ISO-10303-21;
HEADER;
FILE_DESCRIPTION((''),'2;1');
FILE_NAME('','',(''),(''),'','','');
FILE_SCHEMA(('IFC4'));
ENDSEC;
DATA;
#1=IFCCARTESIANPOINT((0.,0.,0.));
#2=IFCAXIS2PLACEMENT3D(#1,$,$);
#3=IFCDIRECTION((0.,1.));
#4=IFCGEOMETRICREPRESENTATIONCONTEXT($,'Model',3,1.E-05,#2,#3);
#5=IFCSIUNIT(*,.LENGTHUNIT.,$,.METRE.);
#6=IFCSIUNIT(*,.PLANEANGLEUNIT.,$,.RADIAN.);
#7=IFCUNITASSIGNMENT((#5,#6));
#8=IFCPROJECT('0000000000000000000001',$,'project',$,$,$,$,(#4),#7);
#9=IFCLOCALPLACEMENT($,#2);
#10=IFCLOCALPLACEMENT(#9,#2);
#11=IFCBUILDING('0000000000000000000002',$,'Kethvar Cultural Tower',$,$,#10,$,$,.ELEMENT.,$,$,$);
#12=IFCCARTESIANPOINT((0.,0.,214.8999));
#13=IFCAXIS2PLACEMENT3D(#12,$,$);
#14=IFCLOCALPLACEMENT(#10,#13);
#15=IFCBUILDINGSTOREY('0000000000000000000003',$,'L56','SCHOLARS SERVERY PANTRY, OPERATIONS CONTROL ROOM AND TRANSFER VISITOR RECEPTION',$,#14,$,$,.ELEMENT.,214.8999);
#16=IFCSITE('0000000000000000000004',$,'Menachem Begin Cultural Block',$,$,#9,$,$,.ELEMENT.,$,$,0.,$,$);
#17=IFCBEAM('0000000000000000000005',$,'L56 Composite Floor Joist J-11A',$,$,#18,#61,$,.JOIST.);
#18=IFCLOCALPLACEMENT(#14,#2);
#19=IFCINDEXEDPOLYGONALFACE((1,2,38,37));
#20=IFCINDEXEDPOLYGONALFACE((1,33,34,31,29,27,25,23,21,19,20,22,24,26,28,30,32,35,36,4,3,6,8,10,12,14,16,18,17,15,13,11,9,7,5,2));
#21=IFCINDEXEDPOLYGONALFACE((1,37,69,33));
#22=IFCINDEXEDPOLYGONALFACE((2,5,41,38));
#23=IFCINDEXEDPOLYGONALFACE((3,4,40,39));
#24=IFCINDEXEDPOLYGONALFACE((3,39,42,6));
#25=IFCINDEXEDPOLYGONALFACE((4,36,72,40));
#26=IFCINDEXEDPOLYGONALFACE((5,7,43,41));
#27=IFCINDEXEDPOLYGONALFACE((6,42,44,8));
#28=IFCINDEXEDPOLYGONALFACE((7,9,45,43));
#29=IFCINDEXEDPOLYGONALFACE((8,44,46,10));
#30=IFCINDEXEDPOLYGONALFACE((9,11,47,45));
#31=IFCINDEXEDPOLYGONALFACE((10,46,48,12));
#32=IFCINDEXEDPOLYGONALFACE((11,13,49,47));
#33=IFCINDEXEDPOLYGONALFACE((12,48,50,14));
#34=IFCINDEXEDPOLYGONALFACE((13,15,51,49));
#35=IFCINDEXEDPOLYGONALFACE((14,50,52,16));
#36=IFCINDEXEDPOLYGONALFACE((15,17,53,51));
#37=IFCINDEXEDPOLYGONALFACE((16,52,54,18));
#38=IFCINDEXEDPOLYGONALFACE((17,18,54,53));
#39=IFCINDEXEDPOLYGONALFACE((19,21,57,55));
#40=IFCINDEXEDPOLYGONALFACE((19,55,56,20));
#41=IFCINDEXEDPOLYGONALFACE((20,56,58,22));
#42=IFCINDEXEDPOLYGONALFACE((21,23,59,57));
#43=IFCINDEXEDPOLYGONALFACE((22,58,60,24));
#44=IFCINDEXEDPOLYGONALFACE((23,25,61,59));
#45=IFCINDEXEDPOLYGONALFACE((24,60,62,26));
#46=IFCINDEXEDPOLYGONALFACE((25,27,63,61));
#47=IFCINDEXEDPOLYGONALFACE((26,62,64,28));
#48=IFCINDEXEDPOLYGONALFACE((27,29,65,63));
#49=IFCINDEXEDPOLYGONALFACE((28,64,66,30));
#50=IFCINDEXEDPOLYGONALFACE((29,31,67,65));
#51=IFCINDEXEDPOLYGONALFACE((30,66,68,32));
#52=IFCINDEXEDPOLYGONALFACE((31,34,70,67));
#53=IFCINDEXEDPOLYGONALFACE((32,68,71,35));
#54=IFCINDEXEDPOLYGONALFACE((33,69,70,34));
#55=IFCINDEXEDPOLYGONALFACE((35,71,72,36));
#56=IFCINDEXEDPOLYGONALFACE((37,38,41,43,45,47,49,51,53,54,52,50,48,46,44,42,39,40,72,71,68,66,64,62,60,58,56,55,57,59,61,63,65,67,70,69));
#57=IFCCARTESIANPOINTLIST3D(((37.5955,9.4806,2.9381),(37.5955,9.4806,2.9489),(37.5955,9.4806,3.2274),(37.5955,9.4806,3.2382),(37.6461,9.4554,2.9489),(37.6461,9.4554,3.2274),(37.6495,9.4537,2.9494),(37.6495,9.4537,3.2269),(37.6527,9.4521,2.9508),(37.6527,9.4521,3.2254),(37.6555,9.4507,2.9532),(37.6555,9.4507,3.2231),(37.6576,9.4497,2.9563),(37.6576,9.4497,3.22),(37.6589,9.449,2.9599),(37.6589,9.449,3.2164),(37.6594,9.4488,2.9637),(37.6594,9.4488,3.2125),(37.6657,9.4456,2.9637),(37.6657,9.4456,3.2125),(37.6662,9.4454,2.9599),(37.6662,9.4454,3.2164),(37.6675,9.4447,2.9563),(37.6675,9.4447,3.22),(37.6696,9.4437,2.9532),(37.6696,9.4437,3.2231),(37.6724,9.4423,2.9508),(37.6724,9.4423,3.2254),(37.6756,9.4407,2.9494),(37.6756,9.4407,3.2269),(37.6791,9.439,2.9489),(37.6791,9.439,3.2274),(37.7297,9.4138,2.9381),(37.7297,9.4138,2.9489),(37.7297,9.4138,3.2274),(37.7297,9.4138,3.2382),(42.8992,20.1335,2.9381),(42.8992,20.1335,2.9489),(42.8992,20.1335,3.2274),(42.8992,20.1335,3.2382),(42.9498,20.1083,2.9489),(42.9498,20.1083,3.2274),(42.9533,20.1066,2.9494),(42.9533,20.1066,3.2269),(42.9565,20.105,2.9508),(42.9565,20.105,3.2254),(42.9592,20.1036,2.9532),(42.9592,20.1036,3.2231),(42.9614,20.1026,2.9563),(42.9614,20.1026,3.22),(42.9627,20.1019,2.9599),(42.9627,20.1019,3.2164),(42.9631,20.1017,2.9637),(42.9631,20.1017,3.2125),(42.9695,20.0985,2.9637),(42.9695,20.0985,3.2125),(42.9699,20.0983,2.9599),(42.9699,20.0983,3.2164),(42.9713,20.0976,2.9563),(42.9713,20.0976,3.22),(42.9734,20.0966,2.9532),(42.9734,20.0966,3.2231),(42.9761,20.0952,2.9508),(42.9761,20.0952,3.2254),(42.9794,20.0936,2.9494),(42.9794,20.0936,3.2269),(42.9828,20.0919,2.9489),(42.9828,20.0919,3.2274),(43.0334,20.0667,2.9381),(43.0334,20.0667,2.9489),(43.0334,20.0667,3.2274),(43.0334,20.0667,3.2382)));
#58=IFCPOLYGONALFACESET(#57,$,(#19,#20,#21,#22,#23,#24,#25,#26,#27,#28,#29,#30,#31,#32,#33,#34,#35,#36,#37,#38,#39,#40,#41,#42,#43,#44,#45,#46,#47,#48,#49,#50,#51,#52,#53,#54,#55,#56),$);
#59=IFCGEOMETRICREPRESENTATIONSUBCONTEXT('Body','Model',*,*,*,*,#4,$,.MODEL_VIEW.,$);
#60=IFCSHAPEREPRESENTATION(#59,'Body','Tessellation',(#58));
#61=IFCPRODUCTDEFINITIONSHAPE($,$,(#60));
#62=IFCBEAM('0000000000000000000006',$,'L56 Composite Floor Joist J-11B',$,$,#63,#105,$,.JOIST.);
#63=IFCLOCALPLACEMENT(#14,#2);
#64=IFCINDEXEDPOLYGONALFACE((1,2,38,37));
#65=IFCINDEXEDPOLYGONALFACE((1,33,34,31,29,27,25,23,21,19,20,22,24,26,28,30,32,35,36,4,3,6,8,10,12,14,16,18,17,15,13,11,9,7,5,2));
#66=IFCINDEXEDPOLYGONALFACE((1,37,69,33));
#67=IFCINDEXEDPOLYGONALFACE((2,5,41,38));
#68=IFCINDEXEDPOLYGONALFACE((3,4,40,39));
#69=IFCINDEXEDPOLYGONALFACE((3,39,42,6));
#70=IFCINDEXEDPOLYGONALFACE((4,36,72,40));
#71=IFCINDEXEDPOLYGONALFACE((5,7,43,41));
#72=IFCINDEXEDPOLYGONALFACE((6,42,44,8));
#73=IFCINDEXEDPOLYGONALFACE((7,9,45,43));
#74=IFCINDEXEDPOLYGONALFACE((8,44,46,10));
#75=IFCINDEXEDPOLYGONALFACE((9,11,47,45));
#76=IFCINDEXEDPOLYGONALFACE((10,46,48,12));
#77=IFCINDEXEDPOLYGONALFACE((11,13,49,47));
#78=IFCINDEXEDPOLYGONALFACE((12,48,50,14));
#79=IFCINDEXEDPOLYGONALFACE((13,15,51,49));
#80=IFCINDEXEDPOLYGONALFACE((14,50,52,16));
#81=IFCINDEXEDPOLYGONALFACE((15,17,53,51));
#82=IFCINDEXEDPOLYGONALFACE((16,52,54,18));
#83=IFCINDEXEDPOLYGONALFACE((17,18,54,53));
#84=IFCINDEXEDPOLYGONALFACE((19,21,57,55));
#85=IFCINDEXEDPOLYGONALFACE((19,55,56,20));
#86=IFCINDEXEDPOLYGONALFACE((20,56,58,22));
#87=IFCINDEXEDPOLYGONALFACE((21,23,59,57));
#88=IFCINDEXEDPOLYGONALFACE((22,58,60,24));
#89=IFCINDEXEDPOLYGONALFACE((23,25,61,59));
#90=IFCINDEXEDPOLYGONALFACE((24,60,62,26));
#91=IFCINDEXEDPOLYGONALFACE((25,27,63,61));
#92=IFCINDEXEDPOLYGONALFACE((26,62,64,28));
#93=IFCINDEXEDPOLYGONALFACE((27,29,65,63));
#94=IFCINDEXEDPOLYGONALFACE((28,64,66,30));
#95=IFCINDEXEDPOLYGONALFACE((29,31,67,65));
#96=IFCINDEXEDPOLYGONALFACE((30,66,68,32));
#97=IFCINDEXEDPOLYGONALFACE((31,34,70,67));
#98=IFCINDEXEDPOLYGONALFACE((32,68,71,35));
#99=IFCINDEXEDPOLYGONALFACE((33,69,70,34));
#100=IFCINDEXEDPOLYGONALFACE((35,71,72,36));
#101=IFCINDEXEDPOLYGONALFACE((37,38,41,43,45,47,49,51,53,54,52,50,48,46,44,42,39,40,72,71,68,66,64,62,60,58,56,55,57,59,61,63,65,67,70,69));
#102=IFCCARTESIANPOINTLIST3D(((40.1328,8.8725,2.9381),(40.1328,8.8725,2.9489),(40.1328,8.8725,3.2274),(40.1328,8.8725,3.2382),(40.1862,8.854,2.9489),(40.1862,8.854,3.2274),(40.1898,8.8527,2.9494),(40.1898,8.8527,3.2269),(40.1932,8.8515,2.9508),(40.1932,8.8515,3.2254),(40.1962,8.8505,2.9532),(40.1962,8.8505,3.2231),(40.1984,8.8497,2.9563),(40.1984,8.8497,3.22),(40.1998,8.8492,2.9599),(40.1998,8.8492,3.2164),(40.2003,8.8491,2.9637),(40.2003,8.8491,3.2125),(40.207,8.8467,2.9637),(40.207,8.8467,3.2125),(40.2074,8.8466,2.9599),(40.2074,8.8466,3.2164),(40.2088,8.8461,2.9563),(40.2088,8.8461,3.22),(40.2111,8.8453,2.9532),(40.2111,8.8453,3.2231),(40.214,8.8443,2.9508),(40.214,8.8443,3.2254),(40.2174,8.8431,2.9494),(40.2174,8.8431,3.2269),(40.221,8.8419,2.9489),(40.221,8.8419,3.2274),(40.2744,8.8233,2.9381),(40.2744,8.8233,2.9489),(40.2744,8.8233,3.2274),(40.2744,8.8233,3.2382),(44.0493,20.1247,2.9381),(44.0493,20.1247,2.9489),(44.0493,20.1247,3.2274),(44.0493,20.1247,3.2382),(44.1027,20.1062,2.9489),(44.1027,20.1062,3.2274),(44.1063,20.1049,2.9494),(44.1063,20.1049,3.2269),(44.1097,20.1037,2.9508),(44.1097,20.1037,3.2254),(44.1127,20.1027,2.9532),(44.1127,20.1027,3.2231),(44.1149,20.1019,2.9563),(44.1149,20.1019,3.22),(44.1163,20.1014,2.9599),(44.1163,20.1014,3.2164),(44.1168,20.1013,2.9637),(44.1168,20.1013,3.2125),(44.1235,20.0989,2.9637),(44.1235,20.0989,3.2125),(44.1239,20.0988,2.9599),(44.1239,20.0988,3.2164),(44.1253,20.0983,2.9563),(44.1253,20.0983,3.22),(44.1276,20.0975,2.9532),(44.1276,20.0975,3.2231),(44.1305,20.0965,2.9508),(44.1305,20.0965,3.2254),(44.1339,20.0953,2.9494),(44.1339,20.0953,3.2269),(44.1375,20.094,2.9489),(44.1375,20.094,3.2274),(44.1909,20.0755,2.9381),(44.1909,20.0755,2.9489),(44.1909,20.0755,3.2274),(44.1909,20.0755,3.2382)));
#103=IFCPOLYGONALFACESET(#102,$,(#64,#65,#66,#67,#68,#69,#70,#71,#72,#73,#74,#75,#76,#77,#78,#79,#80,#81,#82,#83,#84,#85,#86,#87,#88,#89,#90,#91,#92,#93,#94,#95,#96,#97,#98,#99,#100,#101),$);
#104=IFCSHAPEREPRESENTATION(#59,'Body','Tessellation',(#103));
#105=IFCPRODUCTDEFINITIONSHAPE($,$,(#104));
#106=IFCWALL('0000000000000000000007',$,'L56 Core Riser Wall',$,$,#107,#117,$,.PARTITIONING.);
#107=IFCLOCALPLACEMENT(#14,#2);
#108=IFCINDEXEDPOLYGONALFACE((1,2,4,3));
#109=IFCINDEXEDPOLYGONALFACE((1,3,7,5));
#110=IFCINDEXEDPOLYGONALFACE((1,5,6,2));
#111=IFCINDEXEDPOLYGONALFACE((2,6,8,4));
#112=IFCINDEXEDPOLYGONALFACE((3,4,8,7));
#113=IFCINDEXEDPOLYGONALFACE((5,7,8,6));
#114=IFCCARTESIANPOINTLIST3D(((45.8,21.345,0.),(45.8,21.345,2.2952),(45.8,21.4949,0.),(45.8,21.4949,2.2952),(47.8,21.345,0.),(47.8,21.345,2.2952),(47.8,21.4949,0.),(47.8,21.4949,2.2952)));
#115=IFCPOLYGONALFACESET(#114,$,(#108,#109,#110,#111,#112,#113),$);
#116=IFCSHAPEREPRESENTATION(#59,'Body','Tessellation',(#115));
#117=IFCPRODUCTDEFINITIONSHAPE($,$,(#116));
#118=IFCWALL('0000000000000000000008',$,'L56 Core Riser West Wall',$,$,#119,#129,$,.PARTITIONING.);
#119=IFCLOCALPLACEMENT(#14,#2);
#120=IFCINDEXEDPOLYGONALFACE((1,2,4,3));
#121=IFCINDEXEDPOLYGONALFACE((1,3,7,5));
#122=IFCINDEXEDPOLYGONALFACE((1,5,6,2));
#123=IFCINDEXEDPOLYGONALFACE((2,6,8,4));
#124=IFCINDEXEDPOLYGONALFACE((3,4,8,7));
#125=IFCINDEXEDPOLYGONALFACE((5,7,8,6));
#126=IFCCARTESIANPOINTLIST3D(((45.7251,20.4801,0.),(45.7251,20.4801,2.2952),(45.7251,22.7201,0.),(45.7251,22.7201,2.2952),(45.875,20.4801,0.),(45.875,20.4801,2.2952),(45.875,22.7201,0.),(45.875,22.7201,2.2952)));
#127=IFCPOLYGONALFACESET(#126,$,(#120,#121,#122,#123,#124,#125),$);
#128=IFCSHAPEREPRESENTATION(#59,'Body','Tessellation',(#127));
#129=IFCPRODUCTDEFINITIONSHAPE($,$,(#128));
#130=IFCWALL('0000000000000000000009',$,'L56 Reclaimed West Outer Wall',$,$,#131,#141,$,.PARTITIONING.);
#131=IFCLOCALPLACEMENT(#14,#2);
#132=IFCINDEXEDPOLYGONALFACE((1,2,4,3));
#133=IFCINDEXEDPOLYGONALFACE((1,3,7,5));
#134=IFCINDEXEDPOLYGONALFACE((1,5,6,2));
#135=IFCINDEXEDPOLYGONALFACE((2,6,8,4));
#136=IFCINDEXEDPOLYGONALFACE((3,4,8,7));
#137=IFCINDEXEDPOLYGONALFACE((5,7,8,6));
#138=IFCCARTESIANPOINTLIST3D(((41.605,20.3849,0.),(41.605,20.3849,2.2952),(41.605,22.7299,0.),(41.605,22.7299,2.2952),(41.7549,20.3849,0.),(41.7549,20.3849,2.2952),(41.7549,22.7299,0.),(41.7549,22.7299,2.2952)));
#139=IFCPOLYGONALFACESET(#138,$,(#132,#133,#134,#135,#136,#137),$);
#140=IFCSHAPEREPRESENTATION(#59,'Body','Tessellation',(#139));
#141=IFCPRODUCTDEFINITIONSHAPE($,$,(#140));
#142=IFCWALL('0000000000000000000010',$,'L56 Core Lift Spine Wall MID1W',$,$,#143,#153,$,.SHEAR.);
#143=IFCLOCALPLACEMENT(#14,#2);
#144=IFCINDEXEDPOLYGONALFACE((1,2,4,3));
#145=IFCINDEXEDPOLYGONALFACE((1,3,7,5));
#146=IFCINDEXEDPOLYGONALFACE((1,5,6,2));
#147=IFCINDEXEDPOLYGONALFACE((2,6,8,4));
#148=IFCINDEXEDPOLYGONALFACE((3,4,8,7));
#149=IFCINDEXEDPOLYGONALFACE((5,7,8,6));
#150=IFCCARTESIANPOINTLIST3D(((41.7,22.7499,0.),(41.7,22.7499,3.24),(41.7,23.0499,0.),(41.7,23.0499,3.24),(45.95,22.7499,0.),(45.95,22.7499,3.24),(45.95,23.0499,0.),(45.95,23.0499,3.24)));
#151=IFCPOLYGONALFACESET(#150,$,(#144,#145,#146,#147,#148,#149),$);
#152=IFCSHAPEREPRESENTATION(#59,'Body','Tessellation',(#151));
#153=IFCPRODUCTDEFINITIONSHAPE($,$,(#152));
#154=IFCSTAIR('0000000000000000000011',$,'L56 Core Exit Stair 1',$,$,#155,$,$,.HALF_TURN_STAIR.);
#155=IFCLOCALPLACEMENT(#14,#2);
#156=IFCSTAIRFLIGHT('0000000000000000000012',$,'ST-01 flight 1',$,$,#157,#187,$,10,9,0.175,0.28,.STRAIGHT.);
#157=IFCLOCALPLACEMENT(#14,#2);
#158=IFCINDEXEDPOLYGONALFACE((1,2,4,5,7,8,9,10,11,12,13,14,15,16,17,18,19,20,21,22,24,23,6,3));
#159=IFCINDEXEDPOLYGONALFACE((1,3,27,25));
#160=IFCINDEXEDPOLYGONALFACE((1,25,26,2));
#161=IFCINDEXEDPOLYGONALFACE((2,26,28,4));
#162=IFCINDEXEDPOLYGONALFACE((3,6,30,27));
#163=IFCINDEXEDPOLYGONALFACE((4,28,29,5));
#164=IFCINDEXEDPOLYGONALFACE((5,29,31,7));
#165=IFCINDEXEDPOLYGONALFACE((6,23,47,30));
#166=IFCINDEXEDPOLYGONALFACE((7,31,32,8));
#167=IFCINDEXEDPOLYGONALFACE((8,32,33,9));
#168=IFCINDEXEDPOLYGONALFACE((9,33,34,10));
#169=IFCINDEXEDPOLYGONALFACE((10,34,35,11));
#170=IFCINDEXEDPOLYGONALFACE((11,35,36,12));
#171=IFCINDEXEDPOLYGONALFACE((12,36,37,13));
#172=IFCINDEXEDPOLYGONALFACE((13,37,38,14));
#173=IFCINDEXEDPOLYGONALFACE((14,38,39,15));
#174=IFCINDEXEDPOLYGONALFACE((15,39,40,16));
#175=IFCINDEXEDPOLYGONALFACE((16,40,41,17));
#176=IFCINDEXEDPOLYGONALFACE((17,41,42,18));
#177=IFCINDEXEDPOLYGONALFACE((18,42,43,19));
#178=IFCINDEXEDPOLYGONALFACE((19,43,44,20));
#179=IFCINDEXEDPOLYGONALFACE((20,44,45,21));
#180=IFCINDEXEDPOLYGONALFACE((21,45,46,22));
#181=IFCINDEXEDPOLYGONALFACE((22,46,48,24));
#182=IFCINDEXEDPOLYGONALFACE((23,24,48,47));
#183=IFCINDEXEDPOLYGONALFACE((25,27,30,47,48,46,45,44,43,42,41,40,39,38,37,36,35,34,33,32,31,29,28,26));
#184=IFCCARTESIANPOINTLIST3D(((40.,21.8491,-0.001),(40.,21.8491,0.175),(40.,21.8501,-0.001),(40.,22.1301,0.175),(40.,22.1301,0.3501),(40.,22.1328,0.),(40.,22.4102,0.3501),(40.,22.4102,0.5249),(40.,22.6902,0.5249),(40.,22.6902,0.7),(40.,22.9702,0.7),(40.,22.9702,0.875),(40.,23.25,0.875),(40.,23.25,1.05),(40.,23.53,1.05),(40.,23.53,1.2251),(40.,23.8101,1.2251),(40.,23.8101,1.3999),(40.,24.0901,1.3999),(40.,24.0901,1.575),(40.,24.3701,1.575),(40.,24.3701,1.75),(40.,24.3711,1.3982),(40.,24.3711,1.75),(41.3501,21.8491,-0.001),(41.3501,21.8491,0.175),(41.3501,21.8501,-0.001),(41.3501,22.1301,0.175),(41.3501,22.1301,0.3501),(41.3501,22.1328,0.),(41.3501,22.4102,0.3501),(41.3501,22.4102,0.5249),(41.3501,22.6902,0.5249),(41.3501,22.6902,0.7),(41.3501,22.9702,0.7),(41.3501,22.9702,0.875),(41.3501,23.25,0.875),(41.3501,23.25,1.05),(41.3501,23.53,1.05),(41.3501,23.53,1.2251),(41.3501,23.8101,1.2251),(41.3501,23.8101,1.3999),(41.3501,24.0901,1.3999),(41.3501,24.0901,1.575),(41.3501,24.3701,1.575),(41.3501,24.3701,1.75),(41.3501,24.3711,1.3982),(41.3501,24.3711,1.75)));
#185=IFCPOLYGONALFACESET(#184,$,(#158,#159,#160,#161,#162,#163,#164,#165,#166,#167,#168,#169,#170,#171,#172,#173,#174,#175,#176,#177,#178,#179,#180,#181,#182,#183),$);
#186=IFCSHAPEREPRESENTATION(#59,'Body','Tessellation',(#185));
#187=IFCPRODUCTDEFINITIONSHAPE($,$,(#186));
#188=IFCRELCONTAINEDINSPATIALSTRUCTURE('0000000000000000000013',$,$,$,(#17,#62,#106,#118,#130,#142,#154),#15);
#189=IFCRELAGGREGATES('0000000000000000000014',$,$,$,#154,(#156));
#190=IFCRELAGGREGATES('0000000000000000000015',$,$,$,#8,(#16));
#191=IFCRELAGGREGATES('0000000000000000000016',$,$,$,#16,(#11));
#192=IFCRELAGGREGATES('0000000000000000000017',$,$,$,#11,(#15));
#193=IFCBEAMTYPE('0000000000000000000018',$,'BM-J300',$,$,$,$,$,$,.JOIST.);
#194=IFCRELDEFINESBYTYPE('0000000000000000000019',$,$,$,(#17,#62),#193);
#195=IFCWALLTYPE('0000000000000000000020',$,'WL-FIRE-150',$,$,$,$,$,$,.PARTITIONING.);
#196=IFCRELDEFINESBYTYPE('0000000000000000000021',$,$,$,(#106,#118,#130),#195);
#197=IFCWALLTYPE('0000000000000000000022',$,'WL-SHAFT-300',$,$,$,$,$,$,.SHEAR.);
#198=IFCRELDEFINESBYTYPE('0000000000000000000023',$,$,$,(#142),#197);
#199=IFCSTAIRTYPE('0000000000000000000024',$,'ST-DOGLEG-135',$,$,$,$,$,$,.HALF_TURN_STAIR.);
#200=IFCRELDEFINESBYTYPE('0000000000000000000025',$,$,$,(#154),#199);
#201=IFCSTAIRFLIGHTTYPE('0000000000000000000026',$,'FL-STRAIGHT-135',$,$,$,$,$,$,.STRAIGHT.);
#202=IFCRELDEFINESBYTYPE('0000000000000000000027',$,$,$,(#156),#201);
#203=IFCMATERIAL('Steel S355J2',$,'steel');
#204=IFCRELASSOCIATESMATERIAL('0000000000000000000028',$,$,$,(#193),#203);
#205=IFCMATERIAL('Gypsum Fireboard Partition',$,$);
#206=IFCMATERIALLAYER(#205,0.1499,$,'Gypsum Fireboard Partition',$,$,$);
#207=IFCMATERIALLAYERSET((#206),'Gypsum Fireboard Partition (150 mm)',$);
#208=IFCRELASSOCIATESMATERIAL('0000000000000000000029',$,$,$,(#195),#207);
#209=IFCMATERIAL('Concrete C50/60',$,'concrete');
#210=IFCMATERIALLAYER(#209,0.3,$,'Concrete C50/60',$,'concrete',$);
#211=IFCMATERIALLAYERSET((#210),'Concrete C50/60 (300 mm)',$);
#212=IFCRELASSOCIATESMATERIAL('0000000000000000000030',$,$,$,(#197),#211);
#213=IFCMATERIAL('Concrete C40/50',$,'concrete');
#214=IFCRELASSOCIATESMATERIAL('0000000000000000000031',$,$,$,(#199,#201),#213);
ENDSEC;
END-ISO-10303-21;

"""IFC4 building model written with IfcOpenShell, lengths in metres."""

from ifc_helpers import new_model, si_unit, direction, frame, frame_2d, origin, origin_2d, place, context, subcontext, project, spatial, polyline, rectangle, i_section, outline, extrude, source, transform, mapped, material, layer, layer_set, material_profile, profile_set, type_object, element, aggregate, save


model = new_model("IFC4")

# Units and contexts
model_context = context("Model", 3, precision=1e-05, world=origin(), true_north=direction((0.0, 1.0)))
body_context = subcontext(model_context, "Body", "Model", "MODEL_VIEW")
ifc_project = project(units=[si_unit("LENGTHUNIT", "METRE"), si_unit("PLANEANGLEUNIT", "RADIAN")], contexts=[model_context])

# Site, building, storey
site_placement = place(None, origin())
site = spatial("IfcSite", under=ifc_project, at=site_placement, Name="Menachem Begin Cultural Block", CompositionType="ELEMENT", RefElevation=0.0)
building_placement = place(site_placement, origin())
building = spatial("IfcBuilding", under=site, at=building_placement, Name="Kethvar Cultural Tower", CompositionType="ELEMENT")
storey_placement = place(building_placement, frame((0.0, 0.0, 214.8999)))
storey = spatial("IfcBuildingStorey", under=building, at=storey_placement, Name="L56", Description="SCHOLARS SERVERY PANTRY, OPERATIONS CONTROL ROOM AND TRANSFER VISITOR RECEPTION", CompositionType="ELEMENT", Elevation=214.8999)

# Beams
ifc_material_1 = material(Name="Steel S355J2", Category="steel")
ifc_material_profile_1 = material_profile(ifc_material_1, i_section(OverallWidth=0.1499, OverallDepth=0.3, WebThickness=0.0071, FlangeThickness=0.0107, FilletRadius=0.0149, at=origin_2d()), Name="Steel S355J2 — IPE300")
ifc_profile_set_1 = profile_set([ifc_material_profile_1], Name="Steel S355J2 — IPE300")
beam_type_1 = type_object("IfcBeamType", Name="BM-J300", PredefinedType="JOIST", material=ifc_profile_set_1)
shared_shape_1 = source(origin(), body_context, "Body", "SweptSolid", [
    extrude(i_section(OverallWidth=0.1499, OverallDepth=0.3, WebThickness=0.0071, FlangeThickness=0.0107, FilletRadius=0.0149, at=origin_2d()), origin(), (0.0, 0.0, 1.0), 11.9001),
])
beam_1_placement = place(storey_placement, frame((42.9663, 20.1001, 3.0881), z_axis=(-0.445687, -0.895189, 0.0), x_axis=(0.895189, -0.445687, 0.0)))
element("IfcBeam", 1, at=beam_1_placement, inside=storey, type_object=beam_type_1, Name="L56 Composite Floor Joist J-11A", PredefinedType="JOIST", context=body_context, shape_type="MappedRepresentation", body=[
    mapped(shared_shape_1, transform((0.0, 0.0, 0.0), scale=1.0)),
])
shared_shape_2 = source(origin(), body_context, "Body", "SweptSolid", [
    extrude(i_section(OverallWidth=0.1499, OverallDepth=0.3, WebThickness=0.0071, FlangeThickness=0.0107, FilletRadius=0.0149, at=origin_2d()), origin(), (0.0, 0.0, 1.0), 11.9143),
])
beam_2_placement = place(storey_placement, frame((44.1201, 20.1001, 3.0881), z_axis=(-0.328722, -0.944427, 0.0), x_axis=(0.944427, -0.328722, 0.0)))
element("IfcBeam", 2, at=beam_2_placement, inside=storey, type_object=beam_type_1, Name="L56 Composite Floor Joist J-11B", PredefinedType="JOIST", context=body_context, shape_type="MappedRepresentation", body=[
    mapped(shared_shape_2, transform((0.0, 0.0, 0.0), scale=1.0)),
])

# Walls
ifc_material_2 = material(Name="Gypsum Fireboard Partition")
ifc_layer_1 = layer(ifc_material_2, 0.1499, Name="Gypsum Fireboard Partition")
ifc_layer_set_1 = layer_set([ifc_layer_1], Name="Gypsum Fireboard Partition (150 mm)")
wall_type_1 = type_object("IfcWallType", Name="WL-FIRE-150", PredefinedType="PARTITIONING", material=ifc_layer_set_1)
wall_1_placement = place(storey_placement, frame((45.8, 21.4199, 0.0), z_axis=(0.0, 0.0, 1.0), x_axis=(1.0, 0.0, 0.0)))
element("IfcWall", 3, at=wall_1_placement, inside=storey, type_object=wall_type_1, Name="L56 Core Riser Wall", PredefinedType="PARTITIONING", context=body_context, shape_type="SweptSolid", body=[
    extrude(rectangle(XDim=2.0, YDim=0.1499, at=frame_2d((1.0, 0.0))), origin(), (0.0, 0.0, 1.0), 2.2952),
])
wall_2_placement = place(storey_placement, frame((45.8, 20.48, 0.0), z_axis=(0.0, 0.0, 1.0), x_axis=(0.0, 1.0, 0.0)))
element("IfcWall", 4, at=wall_2_placement, inside=storey, type_object=wall_type_1, Name="L56 Core Riser West Wall", PredefinedType="PARTITIONING", context=body_context, shape_type="SweptSolid", body=[
    extrude(rectangle(XDim=2.24, YDim=0.1499, at=frame_2d((1.1201, 0.0))), origin(), (0.0, 0.0, 1.0), 2.2952),
])
wall_3_placement = place(storey_placement, frame((41.6799, 20.385, 0.0), z_axis=(0.0, 0.0, 1.0), x_axis=(0.0, 1.0, 0.0)))
element("IfcWall", 5, at=wall_3_placement, inside=storey, type_object=wall_type_1, Name="L56 Reclaimed West Outer Wall", PredefinedType="PARTITIONING", context=body_context, shape_type="SweptSolid", body=[
    extrude(rectangle(XDim=2.345, YDim=0.1499, at=frame_2d((1.1724, 0.0))), origin(), (0.0, 0.0, 1.0), 2.2952),
])
ifc_material_3 = material(Name="Concrete C50/60", Category="concrete")
ifc_layer_2 = layer(ifc_material_3, 0.3, Name="Concrete C50/60", Category="concrete")
ifc_layer_set_2 = layer_set([ifc_layer_2], Name="Concrete C50/60 (300 mm)")
wall_type_2 = type_object("IfcWallType", Name="WL-SHAFT-300", PredefinedType="SHEAR", material=ifc_layer_set_2)
wall_4_placement = place(storey_placement, frame((41.7, 22.8999, 0.0), z_axis=(0.0, 0.0, 1.0), x_axis=(1.0, 0.0, 0.0)))
element("IfcWall", 6, at=wall_4_placement, inside=storey, type_object=wall_type_2, Name="L56 Core Lift Spine Wall MID1W", PredefinedType="SHEAR", context=body_context, shape_type="SweptSolid", body=[
    extrude(rectangle(XDim=4.25, YDim=0.3, at=frame_2d((2.125, 0.0))), origin(), (0.0, 0.0, 1.0), 3.24),
])

# Stair, stair flight
ifc_material_4 = material(Name="Concrete C40/50", Category="concrete")
stair_type = type_object("IfcStairType", Name="ST-DOGLEG-135", PredefinedType="HALF_TURN_STAIR", material=ifc_material_4)
stair_placement = place(storey_placement, origin())
stair = element("IfcStair", 7, at=stair_placement, inside=storey, type_object=stair_type, Name="L56 Core Exit Stair 1", PredefinedType="HALF_TURN_STAIR")
stair_flight_type = type_object("IfcStairFlightType", Name="FL-STRAIGHT-135", PredefinedType="STRAIGHT", material=ifc_material_4)
stair_flight_placement = place(storey_placement, frame((40.675, 21.8501, 0.0), z_axis=(0.0, 0.0, 1.0), x_axis=(0.0, 1.0, 0.0)))
stair_flight = element("IfcStairFlight", 8, at=stair_flight_placement, type_object=stair_flight_type, Name="ST-01 flight 1", NumberOfRisers=10, NumberOfTreads=9, PredefinedType="STRAIGHT", RiserHeight=0.175, TreadLength=0.28, context=body_context, shape_type="SweptSolid", body=[
    extrude(outline(polyline([(-0.001, -0.001), (-0.001, 0.175), (0.28, 0.175), (0.28, 0.3501), (0.5601, 0.3501), (0.5601, 0.5249), (0.8401, 0.5249), (0.8401, 0.7), (1.1201, 0.7), (1.1201, 0.875), (1.3999, 0.875), (1.3999, 1.05), (1.6799, 1.05), (1.6799, 1.2251), (1.96, 1.2251), (1.96, 1.3999), (2.24, 1.3999), (2.24, 1.575), (2.52, 1.575), (2.52, 1.75), (2.521, 1.75), (2.521, 1.3982), (0.2827, 0.0), (0.0, -0.001), (-0.001, -0.001)])), frame((0.0, 0.675, 0.0), z_axis=(0.0, -1.0, 0.0), x_axis=(1.0, 0.0, 0.0)), (0.0, 0.0, 1.0), 1.3501),
])
aggregate(stair, [stair_flight])

save(model, "model.ifc")
